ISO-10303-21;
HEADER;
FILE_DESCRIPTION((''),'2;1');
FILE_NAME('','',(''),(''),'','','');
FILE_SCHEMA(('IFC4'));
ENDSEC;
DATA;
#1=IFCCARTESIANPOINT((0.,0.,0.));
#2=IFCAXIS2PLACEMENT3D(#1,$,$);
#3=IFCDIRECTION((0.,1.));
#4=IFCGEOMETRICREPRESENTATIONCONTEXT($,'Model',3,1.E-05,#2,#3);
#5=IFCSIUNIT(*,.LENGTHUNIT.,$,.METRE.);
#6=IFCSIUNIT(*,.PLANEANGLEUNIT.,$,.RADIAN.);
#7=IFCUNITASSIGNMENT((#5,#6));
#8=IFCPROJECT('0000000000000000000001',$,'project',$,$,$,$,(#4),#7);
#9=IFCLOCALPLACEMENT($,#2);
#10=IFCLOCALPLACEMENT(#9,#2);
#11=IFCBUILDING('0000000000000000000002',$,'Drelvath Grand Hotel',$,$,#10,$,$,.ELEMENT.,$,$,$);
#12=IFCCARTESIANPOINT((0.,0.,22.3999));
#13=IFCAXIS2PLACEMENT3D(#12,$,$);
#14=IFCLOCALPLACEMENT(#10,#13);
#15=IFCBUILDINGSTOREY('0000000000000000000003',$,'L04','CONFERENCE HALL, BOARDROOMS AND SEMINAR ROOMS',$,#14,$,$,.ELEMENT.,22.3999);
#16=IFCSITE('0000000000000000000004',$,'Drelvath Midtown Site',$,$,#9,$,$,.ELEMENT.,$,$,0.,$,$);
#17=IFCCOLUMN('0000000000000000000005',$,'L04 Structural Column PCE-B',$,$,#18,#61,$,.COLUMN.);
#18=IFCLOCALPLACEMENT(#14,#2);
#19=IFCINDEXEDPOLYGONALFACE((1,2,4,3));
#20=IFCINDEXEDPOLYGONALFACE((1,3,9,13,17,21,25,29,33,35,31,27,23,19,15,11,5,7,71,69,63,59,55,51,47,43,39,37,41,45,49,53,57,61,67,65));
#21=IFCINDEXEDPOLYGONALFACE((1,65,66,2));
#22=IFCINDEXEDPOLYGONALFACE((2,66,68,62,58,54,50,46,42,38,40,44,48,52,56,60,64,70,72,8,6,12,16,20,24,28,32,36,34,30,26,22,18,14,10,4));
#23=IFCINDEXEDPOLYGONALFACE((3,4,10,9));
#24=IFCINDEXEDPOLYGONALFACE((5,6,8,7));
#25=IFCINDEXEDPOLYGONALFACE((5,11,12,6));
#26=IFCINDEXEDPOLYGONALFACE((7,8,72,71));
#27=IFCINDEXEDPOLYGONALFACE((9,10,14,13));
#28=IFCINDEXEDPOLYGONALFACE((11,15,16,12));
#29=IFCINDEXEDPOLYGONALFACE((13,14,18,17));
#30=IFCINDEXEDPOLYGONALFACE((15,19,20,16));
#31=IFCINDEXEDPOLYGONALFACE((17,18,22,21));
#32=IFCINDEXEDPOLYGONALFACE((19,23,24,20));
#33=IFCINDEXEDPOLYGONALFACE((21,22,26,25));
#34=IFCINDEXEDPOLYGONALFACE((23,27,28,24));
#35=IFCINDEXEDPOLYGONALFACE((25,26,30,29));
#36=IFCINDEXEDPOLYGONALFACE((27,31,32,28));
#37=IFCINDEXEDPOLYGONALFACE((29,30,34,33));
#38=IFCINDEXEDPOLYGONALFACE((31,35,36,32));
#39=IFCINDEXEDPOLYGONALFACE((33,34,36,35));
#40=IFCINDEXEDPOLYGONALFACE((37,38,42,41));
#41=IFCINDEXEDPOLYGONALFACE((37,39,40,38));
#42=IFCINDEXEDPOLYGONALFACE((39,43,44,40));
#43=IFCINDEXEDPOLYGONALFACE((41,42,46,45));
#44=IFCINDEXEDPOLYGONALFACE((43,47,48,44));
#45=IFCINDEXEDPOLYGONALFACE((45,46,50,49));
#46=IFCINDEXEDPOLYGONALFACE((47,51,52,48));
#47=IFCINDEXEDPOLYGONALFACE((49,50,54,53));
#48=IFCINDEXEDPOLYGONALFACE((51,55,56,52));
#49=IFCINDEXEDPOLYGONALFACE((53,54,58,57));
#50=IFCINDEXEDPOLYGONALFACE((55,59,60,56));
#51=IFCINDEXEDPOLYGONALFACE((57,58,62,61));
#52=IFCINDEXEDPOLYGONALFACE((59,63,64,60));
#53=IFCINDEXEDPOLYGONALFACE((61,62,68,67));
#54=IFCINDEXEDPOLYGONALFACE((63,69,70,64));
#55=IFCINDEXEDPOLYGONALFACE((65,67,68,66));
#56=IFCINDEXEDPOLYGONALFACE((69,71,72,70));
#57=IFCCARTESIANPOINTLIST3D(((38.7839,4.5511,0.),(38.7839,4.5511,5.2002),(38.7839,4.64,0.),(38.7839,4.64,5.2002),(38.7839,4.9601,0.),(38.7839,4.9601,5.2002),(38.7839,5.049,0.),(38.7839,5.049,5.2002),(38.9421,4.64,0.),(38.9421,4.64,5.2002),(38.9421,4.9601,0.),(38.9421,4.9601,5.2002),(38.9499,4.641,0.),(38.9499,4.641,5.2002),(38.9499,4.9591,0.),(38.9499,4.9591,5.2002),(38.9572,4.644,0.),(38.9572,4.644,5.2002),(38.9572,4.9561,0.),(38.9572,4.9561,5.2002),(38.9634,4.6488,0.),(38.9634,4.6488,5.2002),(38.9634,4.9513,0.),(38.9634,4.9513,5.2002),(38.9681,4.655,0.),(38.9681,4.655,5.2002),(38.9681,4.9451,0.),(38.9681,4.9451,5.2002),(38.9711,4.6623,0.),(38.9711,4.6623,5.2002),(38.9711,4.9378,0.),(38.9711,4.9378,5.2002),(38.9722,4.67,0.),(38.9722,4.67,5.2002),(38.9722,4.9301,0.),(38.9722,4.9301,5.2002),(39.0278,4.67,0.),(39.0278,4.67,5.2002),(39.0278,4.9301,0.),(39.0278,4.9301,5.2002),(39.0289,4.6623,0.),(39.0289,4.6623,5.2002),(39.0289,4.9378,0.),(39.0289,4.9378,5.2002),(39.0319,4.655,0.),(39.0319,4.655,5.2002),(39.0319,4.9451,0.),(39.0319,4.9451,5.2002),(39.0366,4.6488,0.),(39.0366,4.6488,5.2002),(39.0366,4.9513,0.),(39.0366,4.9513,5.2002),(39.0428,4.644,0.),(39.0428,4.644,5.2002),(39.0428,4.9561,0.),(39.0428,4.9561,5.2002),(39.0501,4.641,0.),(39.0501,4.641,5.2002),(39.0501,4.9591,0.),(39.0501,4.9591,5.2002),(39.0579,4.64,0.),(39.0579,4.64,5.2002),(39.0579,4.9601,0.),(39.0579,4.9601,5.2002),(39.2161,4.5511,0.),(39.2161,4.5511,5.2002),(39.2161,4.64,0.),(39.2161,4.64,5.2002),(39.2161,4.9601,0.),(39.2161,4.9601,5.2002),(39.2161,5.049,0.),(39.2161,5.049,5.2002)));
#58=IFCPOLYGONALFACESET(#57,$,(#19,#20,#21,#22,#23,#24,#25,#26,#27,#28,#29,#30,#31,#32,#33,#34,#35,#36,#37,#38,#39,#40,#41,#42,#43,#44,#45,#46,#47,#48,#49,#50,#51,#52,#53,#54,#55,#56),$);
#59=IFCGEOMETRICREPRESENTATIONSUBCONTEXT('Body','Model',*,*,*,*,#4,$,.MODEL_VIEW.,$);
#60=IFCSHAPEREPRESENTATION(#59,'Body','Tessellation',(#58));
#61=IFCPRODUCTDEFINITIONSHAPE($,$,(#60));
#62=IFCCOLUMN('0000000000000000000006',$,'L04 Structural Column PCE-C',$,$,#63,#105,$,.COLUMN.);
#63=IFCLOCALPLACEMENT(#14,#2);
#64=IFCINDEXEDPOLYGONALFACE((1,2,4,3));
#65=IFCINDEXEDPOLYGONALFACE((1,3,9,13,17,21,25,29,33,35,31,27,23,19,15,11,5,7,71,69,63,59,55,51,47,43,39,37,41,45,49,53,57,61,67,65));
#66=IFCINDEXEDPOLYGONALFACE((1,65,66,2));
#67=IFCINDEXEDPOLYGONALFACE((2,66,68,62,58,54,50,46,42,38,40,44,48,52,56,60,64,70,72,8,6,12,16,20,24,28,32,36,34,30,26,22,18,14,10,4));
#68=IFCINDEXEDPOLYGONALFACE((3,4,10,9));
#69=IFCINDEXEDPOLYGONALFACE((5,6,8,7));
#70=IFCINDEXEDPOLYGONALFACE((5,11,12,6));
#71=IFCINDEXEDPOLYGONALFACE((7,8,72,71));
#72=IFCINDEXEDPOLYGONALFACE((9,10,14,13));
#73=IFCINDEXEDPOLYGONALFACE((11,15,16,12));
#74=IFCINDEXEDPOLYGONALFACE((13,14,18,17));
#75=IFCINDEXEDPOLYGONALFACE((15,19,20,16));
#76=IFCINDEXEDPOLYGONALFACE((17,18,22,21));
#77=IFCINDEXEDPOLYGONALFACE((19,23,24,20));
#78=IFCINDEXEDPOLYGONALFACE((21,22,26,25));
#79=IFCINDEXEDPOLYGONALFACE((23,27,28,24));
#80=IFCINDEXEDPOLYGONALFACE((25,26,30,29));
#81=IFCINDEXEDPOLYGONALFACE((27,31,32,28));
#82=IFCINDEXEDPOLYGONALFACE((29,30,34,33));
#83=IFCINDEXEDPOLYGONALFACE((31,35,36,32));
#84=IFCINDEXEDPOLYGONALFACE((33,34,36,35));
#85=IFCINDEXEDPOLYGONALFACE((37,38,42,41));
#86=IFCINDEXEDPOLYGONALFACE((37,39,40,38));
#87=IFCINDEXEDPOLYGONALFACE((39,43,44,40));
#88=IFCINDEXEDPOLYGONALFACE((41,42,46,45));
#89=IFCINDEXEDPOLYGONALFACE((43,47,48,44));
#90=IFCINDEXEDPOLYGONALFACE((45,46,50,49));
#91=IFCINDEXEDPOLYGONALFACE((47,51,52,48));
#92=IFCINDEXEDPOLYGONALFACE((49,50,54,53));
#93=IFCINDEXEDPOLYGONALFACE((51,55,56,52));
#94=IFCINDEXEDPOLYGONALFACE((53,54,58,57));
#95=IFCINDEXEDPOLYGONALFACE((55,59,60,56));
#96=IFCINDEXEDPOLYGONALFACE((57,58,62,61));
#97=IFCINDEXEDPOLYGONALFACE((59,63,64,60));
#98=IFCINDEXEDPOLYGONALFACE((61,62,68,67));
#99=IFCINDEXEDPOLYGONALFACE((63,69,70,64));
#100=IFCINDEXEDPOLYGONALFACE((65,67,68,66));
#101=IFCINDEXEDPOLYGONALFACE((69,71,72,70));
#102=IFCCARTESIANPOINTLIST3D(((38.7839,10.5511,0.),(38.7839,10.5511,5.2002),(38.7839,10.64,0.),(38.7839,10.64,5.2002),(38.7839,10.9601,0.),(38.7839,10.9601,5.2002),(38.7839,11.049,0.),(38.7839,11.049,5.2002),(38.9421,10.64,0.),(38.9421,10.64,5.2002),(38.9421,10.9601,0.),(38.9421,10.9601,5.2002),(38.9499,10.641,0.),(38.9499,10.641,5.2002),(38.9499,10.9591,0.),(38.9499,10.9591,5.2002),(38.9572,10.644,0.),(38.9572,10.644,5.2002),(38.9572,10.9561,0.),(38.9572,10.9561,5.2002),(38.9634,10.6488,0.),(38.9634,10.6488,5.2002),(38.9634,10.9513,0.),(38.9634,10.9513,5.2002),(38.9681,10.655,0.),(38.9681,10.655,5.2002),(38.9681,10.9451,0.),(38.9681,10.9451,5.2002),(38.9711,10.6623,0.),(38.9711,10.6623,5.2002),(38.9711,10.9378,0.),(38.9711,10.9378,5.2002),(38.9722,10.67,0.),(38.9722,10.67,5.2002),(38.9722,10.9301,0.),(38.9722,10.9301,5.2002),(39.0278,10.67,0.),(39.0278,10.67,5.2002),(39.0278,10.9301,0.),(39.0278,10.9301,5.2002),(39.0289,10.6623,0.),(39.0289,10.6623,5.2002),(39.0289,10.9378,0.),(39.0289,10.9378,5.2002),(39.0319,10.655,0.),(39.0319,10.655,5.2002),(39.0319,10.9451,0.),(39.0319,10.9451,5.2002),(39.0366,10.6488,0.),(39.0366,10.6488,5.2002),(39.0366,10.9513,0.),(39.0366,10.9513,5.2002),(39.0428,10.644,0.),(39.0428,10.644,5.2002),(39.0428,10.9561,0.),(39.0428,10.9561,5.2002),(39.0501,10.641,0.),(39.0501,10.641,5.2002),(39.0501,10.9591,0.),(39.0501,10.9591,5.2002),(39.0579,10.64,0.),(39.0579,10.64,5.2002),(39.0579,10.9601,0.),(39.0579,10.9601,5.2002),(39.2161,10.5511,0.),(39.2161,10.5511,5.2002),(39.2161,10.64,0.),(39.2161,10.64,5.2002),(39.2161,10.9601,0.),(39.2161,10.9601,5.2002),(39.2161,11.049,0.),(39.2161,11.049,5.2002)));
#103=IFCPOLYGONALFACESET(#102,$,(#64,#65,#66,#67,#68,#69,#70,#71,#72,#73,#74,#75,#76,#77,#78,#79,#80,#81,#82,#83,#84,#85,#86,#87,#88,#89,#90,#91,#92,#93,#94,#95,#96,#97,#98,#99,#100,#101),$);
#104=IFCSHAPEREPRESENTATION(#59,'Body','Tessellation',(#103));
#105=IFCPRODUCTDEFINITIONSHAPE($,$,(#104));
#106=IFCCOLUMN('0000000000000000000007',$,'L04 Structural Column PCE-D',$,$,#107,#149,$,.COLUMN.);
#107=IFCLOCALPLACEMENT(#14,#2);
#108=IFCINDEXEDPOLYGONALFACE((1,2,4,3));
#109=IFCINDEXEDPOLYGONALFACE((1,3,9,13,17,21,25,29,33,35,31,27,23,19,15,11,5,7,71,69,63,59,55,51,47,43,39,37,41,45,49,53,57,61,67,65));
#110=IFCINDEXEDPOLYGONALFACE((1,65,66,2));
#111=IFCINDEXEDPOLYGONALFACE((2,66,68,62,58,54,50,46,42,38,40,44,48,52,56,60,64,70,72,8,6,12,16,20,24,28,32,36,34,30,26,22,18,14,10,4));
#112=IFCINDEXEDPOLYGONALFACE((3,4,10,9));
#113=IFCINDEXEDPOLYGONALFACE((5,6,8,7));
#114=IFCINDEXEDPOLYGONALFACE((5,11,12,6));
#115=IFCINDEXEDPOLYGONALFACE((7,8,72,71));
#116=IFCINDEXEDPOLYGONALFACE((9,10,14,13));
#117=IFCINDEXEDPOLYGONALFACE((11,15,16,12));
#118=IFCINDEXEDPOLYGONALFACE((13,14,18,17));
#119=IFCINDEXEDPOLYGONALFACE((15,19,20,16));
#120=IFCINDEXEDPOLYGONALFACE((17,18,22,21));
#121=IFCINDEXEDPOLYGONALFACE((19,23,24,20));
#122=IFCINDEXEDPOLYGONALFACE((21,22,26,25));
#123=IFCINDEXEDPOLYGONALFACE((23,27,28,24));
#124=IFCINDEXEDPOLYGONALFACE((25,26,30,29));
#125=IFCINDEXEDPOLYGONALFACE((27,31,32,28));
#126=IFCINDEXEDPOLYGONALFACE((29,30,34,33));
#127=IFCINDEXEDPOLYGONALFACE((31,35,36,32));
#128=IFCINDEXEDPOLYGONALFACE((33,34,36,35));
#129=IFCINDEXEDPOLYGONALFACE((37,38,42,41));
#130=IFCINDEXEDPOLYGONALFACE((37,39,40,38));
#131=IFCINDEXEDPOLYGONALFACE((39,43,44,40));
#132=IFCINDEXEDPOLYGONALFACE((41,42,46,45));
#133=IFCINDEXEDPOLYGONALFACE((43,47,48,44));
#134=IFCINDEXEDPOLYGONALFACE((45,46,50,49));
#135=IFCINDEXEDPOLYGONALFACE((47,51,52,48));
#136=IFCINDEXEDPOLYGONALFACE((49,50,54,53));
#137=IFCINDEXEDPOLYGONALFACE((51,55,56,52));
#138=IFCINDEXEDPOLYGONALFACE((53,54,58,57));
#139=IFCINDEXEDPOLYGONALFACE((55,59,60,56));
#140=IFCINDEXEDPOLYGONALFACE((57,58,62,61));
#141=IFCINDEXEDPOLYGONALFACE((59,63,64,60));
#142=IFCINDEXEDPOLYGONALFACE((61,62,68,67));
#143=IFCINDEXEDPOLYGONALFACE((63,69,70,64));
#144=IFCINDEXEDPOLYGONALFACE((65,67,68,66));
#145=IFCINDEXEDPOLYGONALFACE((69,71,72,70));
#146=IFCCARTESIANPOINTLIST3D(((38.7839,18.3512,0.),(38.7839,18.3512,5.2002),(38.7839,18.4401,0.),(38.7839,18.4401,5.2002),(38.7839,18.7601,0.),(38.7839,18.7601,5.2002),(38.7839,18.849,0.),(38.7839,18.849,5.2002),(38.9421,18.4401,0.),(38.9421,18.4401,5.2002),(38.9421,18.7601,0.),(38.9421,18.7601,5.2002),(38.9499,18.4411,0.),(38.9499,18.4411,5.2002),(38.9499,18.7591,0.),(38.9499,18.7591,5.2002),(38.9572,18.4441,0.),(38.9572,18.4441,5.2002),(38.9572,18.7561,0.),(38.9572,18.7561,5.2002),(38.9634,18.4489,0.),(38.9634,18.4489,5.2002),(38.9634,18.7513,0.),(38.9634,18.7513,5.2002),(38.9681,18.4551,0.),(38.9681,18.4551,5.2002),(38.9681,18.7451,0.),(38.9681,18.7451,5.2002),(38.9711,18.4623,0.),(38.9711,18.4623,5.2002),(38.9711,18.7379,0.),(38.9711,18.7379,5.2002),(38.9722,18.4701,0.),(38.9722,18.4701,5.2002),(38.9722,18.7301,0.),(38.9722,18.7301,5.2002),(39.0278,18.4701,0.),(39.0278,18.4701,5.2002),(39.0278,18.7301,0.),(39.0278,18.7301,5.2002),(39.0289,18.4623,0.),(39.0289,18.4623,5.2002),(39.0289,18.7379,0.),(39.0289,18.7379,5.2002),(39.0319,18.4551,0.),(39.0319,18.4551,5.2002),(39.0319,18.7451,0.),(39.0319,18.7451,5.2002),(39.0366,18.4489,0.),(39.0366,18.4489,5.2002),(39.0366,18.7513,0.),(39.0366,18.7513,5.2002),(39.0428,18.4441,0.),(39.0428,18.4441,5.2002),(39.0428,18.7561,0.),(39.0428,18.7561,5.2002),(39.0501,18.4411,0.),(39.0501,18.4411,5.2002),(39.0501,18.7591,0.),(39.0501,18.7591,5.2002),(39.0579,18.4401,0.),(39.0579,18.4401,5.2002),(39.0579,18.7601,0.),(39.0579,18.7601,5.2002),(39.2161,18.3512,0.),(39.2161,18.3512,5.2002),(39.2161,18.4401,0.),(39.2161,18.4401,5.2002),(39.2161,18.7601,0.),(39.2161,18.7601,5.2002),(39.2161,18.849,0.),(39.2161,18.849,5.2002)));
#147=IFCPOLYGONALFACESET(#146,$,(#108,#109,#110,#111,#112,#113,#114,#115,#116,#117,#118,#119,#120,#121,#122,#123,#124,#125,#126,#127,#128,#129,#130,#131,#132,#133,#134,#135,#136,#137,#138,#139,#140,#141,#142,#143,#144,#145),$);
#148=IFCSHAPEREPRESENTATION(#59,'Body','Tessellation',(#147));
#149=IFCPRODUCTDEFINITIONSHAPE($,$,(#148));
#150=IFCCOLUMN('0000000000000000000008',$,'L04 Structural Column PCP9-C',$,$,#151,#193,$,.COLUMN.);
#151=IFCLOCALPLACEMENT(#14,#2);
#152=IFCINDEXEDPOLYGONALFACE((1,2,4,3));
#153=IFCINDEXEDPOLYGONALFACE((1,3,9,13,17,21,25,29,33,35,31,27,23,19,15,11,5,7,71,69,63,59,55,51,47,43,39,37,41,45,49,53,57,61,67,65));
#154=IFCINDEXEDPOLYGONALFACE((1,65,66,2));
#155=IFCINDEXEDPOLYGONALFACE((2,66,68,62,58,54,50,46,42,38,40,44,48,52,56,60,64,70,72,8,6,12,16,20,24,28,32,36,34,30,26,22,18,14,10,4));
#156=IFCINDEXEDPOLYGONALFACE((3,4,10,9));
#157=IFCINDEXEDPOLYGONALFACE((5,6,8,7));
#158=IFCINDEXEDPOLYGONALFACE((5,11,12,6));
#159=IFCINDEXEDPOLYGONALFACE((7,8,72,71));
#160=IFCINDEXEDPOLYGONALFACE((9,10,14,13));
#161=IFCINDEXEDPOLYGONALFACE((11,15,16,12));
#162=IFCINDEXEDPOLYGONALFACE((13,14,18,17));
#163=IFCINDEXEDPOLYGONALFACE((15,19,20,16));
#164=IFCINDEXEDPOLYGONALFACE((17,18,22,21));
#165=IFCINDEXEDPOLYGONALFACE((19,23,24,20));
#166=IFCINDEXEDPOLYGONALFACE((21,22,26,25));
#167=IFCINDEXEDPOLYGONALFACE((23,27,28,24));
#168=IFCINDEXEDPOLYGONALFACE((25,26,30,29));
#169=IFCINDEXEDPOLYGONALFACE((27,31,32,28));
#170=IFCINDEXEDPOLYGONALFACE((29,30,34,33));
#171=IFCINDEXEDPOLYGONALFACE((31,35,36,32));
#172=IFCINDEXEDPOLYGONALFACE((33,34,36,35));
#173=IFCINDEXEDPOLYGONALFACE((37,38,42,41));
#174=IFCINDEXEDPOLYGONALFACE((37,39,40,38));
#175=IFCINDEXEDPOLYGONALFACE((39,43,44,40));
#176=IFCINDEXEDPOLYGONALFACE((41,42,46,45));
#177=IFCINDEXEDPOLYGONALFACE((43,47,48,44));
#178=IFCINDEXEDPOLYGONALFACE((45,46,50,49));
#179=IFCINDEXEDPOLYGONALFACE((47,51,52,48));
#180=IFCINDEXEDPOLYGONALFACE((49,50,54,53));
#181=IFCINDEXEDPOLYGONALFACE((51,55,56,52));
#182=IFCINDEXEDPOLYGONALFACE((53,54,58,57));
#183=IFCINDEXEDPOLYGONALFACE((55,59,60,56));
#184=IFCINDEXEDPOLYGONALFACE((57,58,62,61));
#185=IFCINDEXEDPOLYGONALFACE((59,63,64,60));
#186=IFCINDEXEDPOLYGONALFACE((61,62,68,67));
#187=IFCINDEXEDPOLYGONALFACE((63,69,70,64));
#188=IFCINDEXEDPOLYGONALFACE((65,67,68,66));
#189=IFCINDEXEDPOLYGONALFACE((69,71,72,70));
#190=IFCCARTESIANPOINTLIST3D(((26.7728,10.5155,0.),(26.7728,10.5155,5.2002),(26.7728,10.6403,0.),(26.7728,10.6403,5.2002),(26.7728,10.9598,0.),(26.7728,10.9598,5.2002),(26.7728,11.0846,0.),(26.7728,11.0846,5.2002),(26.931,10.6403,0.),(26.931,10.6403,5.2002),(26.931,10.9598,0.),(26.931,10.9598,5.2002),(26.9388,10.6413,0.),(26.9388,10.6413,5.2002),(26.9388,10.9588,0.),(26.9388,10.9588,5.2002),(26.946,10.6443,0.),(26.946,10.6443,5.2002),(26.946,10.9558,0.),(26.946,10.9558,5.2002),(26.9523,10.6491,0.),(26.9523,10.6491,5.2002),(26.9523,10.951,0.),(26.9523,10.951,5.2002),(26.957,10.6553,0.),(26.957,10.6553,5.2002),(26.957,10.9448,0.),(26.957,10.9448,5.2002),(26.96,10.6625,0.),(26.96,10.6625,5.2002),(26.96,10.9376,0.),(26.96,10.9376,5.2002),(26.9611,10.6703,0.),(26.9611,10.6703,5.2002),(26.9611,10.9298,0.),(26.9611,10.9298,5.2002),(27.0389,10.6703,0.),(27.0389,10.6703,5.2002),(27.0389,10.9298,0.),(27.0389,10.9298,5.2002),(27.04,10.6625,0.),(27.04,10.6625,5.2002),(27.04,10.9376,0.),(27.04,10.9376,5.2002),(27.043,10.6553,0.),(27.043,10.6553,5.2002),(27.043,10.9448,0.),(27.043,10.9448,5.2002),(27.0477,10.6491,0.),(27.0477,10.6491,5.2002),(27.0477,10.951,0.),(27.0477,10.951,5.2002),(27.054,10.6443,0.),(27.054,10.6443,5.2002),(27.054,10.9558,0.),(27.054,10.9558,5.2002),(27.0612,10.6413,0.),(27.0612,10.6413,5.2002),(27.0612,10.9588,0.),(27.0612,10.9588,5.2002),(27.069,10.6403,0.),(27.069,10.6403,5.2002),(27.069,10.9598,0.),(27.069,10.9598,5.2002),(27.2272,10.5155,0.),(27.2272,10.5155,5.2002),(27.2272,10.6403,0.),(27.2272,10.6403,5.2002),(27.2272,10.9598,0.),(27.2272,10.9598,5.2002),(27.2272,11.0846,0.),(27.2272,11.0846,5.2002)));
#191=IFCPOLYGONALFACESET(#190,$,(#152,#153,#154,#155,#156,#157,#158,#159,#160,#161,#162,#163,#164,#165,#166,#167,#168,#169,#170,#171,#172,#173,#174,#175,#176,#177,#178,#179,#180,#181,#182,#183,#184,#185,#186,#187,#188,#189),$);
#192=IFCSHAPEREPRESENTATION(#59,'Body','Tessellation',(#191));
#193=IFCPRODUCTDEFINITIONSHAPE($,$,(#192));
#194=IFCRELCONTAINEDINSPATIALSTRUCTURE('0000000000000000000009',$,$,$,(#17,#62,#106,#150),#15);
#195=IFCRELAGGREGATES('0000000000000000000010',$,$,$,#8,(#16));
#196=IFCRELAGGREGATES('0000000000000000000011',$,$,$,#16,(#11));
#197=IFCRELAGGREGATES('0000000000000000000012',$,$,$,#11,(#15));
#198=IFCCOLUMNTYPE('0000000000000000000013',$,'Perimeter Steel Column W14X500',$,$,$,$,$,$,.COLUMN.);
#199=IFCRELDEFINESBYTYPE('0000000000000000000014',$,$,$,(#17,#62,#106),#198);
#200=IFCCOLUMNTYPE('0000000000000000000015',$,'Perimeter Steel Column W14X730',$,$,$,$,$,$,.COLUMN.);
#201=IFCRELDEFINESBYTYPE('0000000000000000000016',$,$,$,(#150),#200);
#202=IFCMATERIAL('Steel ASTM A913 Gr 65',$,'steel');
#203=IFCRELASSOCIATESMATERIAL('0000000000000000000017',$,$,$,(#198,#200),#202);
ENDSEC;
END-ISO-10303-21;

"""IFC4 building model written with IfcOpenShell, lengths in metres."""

from ifc_helpers import new_model, si_unit, direction, frame, origin, origin_2d, place, context, subcontext, project, spatial, i_section, extrude, material, material_profile, profile_set, type_object, element, save


model = new_model("IFC4")

# Units and contexts
model_context = context("Model", 3, precision=1e-05, world=origin(), true_north=direction((0.0, 1.0)))
body_context = subcontext(model_context, "Body", "Model", "MODEL_VIEW")
ifc_project = project(units=[si_unit("LENGTHUNIT", "METRE"), si_unit("PLANEANGLEUNIT", "RADIAN")], contexts=[model_context])

# Site, building, storey
site_placement = place(None, origin())
site = spatial("IfcSite", under=ifc_project, at=site_placement, Name="Drelvath Midtown Site", CompositionType="ELEMENT", RefElevation=0.0)
building_placement = place(site_placement, origin())
building = spatial("IfcBuilding", under=site, at=building_placement, Name="Drelvath Grand Hotel", CompositionType="ELEMENT")
storey_placement = place(building_placement, frame((0.0, 0.0, 22.3999)))
storey = spatial("IfcBuildingStorey", under=building, at=storey_placement, Name="L04", Description="CONFERENCE HALL, BOARDROOMS AND SEMINAR ROOMS", CompositionType="ELEMENT", Elevation=22.3999)

# Columns
ifc_material_1 = material(Name="Steel ASTM A913 Gr 65", Category="steel")
ifc_material_profile_1 = material_profile(ifc_material_1, i_section(OverallWidth=0.4321, OverallDepth=0.4978, WebThickness=0.0557, FlangeThickness=0.0889, FilletRadius=0.03, at=origin_2d()), Name="W14X500")
ifc_profile_set_1 = profile_set([ifc_material_profile_1], Name="Steel ASTM A913 Gr 65")
column_type_1 = type_object("IfcColumnType", Name="Perimeter Steel Column W14X500", PredefinedType="COLUMN", material=ifc_profile_set_1)
for number, where, z_axis, x_axis, name in (
    (1, (39.0, 4.8, 0.0), (0.0, 0.0, 1.0), (1.0, 0.0, 0.0), "L04 Structural Column PCE-B"),
    (2, (39.0, 10.8, 0.0), (0.0, 0.0, 1.0), (1.0, 0.0, 0.0), "L04 Structural Column PCE-C"),
    (3, (39.0, 18.6001, 0.0), (0.0, 0.0, 1.0), (1.0, 0.0, 0.0), "L04 Structural Column PCE-D"),
):
    element("IfcColumn", number, at=place(storey_placement, frame(where, z_axis=z_axis, x_axis=x_axis)), inside=storey, type_object=column_type_1, Name=name, PredefinedType="COLUMN", context=body_context, shape_type="SweptSolid", body=[
        extrude(i_section(OverallWidth=0.4321, OverallDepth=0.4978, WebThickness=0.0557, FlangeThickness=0.0889, FilletRadius=0.03, at=origin_2d()), origin(), (0.0, 0.0, 1.0), 5.2002),
    ])
ifc_material_profile_2 = material_profile(ifc_material_1, i_section(OverallWidth=0.4543, OverallDepth=0.5691, WebThickness=0.0779, FlangeThickness=0.1248, FilletRadius=0.03, at=origin_2d()), Name="W14X730")
ifc_profile_set_2 = profile_set([ifc_material_profile_2], Name="Steel ASTM A913 Gr 65")
column_type_2 = type_object("IfcColumnType", Name="Perimeter Steel Column W14X730", PredefinedType="COLUMN", material=ifc_profile_set_2)
for number, where, z_axis, x_axis, name in (
    (4, (27.0, 10.8, 0.0), (0.0, 0.0, 1.0), (1.0, 0.0, 0.0), "L04 Structural Column PCP9-C"),
):
    element("IfcColumn", number, at=place(storey_placement, frame(where, z_axis=z_axis, x_axis=x_axis)), inside=storey, type_object=column_type_2, Name=name, PredefinedType="COLUMN", context=body_context, shape_type="SweptSolid", body=[
        extrude(i_section(OverallWidth=0.4543, OverallDepth=0.5691, WebThickness=0.0779, FlangeThickness=0.1248, FilletRadius=0.03, at=origin_2d()), origin(), (0.0, 0.0, 1.0), 5.2002),
    ])

save(model, "model.ifc")
